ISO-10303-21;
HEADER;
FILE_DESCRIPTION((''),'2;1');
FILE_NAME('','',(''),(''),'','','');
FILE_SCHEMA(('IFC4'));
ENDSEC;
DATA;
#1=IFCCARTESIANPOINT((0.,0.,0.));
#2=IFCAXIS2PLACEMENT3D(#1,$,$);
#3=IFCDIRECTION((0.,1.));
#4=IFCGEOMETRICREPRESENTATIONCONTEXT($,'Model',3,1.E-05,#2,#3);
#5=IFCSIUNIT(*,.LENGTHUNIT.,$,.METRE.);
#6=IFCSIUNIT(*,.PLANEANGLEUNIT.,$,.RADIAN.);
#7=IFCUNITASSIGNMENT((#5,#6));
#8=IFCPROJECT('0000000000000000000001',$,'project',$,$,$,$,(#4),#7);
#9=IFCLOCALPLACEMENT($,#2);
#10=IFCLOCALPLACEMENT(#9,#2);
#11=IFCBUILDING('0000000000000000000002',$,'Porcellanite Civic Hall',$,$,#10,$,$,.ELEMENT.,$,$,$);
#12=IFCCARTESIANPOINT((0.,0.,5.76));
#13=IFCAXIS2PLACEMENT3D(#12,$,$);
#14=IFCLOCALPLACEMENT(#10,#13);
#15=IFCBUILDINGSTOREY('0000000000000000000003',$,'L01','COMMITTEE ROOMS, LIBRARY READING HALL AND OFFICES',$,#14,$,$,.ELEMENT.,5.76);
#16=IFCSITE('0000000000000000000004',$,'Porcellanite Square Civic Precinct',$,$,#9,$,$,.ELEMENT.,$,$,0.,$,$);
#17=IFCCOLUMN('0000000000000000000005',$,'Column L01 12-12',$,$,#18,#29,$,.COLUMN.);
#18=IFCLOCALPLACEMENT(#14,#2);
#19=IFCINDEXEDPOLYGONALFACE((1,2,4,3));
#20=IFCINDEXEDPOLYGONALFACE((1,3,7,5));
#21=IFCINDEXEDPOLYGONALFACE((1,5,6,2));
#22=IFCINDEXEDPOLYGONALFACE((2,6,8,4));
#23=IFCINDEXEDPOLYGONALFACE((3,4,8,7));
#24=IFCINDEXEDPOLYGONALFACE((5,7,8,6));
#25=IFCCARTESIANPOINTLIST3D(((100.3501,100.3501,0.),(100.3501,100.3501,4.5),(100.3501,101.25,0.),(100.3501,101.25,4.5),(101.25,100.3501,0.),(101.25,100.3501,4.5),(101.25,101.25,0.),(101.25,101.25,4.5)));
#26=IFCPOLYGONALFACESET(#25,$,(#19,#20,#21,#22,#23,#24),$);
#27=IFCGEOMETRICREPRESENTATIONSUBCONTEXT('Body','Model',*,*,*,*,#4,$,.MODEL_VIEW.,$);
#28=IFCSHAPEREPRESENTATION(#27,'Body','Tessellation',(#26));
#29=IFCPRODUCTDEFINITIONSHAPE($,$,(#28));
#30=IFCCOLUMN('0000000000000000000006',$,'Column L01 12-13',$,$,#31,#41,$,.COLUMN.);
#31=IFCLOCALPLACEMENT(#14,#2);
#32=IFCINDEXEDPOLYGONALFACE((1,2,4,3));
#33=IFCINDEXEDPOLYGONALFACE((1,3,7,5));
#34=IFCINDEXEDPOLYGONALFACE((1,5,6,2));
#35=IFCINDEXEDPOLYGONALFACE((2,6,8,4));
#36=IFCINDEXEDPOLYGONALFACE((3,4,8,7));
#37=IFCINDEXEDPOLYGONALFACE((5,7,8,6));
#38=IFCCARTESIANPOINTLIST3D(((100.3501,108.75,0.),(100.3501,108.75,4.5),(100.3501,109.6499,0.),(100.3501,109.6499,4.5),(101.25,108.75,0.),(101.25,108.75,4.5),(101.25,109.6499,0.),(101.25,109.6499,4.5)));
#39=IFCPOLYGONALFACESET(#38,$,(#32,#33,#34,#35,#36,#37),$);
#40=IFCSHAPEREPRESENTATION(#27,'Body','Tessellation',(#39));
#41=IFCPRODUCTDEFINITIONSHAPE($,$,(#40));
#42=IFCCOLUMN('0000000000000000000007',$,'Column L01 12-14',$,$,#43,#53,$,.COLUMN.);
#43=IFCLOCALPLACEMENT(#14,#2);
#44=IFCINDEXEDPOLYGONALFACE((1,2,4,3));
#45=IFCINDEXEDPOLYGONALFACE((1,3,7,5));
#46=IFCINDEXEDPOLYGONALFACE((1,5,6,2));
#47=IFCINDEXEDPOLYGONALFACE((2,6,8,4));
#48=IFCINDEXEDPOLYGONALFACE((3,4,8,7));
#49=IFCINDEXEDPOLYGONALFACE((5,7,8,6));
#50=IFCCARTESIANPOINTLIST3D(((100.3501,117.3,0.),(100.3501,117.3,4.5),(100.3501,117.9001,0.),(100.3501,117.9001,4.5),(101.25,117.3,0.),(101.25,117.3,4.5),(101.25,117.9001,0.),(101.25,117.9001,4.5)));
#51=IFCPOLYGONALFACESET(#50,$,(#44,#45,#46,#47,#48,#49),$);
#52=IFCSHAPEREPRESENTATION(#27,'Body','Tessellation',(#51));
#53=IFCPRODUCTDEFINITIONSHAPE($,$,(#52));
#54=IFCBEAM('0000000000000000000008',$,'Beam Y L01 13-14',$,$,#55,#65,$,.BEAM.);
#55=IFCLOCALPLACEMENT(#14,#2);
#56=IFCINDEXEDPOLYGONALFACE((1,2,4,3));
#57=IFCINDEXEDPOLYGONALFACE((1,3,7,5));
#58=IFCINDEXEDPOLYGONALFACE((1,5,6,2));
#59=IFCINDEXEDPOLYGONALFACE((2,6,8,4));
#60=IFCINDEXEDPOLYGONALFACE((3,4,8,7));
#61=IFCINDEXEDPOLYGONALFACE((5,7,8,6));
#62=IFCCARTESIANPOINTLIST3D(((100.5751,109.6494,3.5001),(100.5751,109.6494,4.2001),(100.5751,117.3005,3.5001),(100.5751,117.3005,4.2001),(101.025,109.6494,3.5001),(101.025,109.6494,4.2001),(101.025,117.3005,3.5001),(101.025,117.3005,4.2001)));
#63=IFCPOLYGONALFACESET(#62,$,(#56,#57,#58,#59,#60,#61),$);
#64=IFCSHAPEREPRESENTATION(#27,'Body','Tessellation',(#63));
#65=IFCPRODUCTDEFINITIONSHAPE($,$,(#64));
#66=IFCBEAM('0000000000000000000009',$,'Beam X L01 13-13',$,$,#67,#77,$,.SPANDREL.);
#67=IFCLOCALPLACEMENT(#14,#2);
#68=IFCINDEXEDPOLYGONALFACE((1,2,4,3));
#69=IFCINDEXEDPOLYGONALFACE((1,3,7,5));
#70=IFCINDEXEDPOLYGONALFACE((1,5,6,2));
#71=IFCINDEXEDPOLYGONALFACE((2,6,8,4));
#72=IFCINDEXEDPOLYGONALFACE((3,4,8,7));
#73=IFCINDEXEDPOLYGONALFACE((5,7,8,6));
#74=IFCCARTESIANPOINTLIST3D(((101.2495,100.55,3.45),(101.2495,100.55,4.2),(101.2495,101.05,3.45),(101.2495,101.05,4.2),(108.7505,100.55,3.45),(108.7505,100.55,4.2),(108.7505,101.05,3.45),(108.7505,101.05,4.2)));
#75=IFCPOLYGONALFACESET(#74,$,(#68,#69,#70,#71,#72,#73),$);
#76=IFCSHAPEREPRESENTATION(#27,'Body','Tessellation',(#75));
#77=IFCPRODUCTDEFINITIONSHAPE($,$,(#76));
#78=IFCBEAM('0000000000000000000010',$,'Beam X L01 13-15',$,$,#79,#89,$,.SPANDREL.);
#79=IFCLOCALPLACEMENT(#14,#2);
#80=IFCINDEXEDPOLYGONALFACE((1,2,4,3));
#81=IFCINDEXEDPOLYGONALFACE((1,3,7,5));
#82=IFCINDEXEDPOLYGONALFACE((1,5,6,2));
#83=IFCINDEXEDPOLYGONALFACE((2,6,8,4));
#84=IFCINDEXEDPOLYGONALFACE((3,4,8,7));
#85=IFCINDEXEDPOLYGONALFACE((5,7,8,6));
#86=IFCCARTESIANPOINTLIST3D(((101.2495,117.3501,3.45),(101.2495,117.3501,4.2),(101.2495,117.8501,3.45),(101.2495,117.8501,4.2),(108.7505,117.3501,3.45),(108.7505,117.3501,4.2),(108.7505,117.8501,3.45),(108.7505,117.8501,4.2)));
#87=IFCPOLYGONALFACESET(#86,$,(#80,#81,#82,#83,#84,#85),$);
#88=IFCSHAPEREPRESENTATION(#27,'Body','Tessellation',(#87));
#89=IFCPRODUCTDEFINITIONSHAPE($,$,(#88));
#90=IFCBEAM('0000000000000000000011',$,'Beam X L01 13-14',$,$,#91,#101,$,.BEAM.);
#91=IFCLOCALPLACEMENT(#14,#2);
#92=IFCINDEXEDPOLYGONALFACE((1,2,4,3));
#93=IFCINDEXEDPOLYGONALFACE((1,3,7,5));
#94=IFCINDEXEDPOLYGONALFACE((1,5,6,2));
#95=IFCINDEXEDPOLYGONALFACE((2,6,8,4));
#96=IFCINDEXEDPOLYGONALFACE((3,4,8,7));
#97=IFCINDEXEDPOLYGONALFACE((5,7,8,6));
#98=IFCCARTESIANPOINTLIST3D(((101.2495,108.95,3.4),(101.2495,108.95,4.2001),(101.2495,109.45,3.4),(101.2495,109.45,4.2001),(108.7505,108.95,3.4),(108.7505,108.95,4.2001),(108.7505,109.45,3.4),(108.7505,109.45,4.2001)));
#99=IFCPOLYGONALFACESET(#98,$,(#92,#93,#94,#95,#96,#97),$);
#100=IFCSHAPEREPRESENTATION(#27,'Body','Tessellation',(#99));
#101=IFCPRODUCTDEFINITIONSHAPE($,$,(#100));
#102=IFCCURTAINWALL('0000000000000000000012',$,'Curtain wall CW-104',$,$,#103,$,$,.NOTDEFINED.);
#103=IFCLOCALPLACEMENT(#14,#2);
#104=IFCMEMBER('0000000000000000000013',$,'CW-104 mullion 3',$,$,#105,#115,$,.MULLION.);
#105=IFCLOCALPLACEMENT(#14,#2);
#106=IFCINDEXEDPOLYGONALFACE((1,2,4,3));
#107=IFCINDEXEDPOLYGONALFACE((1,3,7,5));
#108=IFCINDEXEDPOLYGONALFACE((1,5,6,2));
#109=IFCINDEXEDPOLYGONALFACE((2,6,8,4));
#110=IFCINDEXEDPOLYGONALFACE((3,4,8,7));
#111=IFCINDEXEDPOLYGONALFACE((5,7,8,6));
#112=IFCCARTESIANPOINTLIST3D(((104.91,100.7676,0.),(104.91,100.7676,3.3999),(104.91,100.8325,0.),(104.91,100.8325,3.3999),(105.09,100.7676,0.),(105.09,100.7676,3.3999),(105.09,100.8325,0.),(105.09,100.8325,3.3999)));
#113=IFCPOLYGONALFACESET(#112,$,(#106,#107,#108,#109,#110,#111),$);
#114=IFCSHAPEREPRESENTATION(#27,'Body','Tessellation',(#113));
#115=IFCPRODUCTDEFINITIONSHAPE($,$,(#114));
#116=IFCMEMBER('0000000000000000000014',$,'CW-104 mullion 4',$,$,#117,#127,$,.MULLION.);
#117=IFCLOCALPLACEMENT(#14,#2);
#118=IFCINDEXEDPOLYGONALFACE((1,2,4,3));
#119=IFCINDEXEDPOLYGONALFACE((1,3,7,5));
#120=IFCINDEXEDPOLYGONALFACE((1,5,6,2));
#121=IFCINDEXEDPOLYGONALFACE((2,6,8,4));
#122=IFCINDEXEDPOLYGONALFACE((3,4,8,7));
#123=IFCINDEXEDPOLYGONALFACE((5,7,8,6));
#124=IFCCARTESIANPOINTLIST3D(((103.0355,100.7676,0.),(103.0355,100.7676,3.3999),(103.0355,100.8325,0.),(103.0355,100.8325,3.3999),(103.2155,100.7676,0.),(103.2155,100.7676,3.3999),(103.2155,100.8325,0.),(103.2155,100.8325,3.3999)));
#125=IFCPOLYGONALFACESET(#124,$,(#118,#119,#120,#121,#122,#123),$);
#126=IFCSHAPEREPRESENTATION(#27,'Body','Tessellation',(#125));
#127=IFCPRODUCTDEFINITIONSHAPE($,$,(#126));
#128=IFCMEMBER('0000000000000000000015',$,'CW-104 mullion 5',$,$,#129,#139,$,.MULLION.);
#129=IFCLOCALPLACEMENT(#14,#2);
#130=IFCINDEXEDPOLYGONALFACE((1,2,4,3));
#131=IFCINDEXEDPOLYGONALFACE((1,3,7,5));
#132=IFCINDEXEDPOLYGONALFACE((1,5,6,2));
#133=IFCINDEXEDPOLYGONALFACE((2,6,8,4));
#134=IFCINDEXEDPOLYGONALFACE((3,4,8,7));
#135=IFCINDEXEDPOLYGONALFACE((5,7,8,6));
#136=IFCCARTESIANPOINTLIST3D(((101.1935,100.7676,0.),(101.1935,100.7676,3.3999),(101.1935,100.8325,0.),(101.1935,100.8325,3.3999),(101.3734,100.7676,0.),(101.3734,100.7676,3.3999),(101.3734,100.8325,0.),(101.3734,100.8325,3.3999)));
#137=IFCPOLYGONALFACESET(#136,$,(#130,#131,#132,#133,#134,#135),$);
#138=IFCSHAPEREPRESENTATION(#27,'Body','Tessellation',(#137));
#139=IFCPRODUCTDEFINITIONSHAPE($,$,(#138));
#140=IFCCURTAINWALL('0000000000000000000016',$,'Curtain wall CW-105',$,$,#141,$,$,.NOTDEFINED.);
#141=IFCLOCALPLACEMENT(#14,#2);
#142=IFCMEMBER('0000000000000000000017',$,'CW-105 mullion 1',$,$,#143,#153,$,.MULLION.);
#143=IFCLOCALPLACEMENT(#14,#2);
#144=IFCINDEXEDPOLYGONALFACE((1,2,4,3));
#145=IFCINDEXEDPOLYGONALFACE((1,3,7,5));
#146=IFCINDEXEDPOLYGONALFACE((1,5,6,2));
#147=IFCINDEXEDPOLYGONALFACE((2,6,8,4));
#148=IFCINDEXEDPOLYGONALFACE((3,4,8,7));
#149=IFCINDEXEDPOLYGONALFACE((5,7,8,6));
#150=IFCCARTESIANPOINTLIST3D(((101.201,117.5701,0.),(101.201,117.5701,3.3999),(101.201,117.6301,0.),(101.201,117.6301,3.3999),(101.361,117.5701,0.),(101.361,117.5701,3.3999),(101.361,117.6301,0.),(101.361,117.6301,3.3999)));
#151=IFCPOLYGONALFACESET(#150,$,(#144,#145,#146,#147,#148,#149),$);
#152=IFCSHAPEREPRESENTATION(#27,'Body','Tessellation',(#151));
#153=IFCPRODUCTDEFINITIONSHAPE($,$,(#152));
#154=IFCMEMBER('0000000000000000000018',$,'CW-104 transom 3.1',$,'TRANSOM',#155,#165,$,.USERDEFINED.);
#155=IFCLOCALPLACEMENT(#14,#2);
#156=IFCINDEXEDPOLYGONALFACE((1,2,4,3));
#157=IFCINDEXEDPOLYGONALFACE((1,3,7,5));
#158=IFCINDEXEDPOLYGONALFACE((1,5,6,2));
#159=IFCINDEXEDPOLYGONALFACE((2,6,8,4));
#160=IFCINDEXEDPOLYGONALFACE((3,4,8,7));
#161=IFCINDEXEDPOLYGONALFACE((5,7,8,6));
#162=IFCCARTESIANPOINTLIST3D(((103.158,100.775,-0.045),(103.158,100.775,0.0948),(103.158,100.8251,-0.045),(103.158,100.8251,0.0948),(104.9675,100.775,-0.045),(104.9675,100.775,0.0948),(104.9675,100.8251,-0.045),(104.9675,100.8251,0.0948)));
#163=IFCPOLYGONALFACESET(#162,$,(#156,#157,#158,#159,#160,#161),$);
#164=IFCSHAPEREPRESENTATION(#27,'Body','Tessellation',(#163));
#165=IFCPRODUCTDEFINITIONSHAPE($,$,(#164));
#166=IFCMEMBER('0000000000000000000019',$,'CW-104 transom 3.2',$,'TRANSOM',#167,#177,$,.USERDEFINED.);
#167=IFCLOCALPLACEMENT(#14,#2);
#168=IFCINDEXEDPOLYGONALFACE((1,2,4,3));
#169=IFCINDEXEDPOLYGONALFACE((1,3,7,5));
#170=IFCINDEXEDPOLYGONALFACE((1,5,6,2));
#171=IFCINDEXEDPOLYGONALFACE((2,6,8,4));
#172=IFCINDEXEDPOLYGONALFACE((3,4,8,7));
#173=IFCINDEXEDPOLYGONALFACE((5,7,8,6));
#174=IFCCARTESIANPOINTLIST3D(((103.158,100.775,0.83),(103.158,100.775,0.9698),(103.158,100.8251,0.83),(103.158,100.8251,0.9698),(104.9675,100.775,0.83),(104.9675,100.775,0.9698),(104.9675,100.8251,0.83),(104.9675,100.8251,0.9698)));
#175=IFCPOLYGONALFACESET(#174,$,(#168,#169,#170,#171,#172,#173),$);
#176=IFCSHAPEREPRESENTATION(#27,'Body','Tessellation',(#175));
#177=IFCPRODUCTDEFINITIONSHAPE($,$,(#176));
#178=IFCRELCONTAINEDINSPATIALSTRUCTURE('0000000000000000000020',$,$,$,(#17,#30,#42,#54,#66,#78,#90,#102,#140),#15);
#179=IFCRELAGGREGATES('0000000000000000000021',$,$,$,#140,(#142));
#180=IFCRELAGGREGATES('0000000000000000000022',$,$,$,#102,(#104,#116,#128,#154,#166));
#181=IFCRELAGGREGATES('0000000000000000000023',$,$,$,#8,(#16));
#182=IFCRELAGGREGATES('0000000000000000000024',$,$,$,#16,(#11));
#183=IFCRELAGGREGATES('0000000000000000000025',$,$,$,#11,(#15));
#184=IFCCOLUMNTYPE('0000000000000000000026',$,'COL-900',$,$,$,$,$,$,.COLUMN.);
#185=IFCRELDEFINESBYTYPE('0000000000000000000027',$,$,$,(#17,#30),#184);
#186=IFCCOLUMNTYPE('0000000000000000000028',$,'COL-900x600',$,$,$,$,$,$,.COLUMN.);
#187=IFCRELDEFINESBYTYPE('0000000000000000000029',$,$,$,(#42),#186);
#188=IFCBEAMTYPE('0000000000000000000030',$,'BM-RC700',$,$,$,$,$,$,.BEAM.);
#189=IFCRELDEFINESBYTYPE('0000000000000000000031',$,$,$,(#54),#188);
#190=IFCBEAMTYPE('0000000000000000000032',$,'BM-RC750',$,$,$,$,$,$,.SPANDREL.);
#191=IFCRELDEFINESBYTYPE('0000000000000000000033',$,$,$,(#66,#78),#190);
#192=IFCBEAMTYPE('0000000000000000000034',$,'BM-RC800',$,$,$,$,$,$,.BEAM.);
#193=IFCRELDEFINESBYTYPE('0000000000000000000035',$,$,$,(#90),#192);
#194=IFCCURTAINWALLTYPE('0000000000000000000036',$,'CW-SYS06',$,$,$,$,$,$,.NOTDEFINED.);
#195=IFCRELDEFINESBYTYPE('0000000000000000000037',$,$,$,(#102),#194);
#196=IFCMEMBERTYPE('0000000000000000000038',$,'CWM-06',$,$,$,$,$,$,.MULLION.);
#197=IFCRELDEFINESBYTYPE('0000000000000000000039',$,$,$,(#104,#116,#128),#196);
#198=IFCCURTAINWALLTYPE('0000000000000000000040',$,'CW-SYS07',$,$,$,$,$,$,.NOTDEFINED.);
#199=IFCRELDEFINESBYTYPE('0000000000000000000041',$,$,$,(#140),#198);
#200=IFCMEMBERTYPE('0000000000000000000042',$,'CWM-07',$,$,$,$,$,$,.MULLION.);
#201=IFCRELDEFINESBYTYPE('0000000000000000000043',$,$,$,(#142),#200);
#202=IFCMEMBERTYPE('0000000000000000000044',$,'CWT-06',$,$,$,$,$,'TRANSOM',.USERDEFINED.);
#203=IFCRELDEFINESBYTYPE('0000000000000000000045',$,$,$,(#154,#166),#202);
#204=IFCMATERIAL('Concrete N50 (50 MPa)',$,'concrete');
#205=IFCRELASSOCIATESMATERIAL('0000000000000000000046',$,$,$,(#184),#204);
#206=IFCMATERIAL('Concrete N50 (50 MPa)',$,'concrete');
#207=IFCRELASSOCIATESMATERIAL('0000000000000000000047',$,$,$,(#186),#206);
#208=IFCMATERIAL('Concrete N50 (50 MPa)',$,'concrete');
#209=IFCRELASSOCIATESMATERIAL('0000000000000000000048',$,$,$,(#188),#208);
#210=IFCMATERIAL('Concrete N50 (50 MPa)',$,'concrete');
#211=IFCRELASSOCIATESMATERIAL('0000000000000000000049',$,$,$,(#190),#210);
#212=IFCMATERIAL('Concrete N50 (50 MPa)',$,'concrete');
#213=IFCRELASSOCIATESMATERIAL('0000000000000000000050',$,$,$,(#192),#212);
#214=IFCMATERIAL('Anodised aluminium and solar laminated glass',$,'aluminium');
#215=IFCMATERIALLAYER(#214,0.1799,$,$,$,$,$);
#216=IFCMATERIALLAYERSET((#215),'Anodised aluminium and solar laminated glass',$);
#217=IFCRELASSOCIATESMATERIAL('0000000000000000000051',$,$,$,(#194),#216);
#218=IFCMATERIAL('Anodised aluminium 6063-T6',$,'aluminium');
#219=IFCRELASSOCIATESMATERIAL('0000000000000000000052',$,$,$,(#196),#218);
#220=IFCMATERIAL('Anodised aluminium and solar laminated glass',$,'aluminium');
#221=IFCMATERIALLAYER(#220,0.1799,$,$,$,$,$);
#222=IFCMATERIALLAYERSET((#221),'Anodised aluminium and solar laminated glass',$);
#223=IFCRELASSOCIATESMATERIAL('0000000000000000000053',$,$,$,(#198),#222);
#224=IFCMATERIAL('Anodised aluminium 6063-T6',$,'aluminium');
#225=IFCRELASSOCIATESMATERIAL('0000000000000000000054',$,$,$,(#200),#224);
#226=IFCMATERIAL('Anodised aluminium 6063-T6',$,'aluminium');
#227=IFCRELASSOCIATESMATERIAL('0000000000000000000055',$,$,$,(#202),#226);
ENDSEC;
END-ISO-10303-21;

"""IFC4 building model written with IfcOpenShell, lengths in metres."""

from ifc_helpers import new_model, si_unit, direction, frame, origin, origin_2d, place, context, subcontext, project, spatial, rectangle, extrude, material, layer, layer_set, material_profile, profile_set, type_object, element, aggregate, save


model = new_model("IFC4")

# Units and contexts
model_context = context("Model", 3, precision=1e-05, world=origin(), true_north=direction((0.0, 1.0)))
body_context = subcontext(model_context, "Body", "Model", "MODEL_VIEW")
ifc_project = project(units=[si_unit("LENGTHUNIT", "METRE"), si_unit("PLANEANGLEUNIT", "RADIAN")], contexts=[model_context])

# Site, building, storey
site_placement = place(None, origin())
site = spatial("IfcSite", under=ifc_project, at=site_placement, Name="Porcellanite Square Civic Precinct", CompositionType="ELEMENT", RefElevation=0.0)
building_placement = place(site_placement, origin())
building = spatial("IfcBuilding", under=site, at=building_placement, Name="Porcellanite Civic Hall", CompositionType="ELEMENT")
storey_placement = place(building_placement, frame((0.0, 0.0, 5.76)))
storey = spatial("IfcBuildingStorey", under=building, at=storey_placement, Name="L01", Description="COMMITTEE ROOMS, LIBRARY READING HALL AND OFFICES", CompositionType="ELEMENT", Elevation=5.76)

# Columns
ifc_material_1 = material(Name="Concrete N50 (50 MPa)", Category="concrete")
ifc_material_profile_1 = material_profile(ifc_material_1, rectangle(XDim=0.8999, YDim=0.8999, at=origin_2d()), Name="RC-900x900")
ifc_profile_set_1 = profile_set([ifc_material_profile_1], Name="Concrete N50 (50 MPa)")
column_type_1 = type_object("IfcColumnType", Name="COL-900", PredefinedType="COLUMN", material=ifc_profile_set_1)
for number, where, z_axis, x_axis, name in (
    (1, (100.8, 100.8, 0.0), (0.0, 0.0, 1.0), (1.0, 0.0, 0.0), "Column L01 12-12"),
    (2, (100.8, 109.2, 0.0), (0.0, 0.0, 1.0), (1.0, 0.0, 0.0), "Column L01 12-13"),
):
    element("IfcColumn", number, at=place(storey_placement, frame(where, z_axis=z_axis, x_axis=x_axis)), inside=storey, type_object=column_type_1, Name=name, PredefinedType="COLUMN", context=body_context, shape_type="SweptSolid", body=[
        extrude(rectangle(XDim=0.8999, YDim=0.8999, at=origin_2d()), origin(), (0.0, 0.0, 1.0), 4.5),
    ])
ifc_material_2 = material(Name="Concrete N50 (50 MPa)", Category="concrete")
ifc_material_profile_2 = material_profile(ifc_material_2, rectangle(XDim=0.8999, YDim=0.6001, at=origin_2d()), Name="RC-900x600")
ifc_profile_set_2 = profile_set([ifc_material_profile_2], Name="Concrete N50 (50 MPa)")
column_type_2 = type_object("IfcColumnType", Name="COL-900x600", PredefinedType="COLUMN", material=ifc_profile_set_2)
column_placement = place(storey_placement, frame((100.8, 117.6001, 0.0), z_axis=(0.0, 0.0, 1.0), x_axis=(1.0, 0.0, 0.0)))
element("IfcColumn", 3, at=column_placement, inside=storey, type_object=column_type_2, Name="Column L01 12-14", PredefinedType="COLUMN", context=body_context, shape_type="SweptSolid", body=[
    extrude(rectangle(XDim=0.8999, YDim=0.6001, at=origin_2d()), origin(), (0.0, 0.0, 1.0), 4.5),
])

# Beams
ifc_material_3 = material(Name="Concrete N50 (50 MPa)", Category="concrete")
ifc_material_profile_3 = material_profile(ifc_material_3, rectangle(XDim=0.45, YDim=0.7, at=origin_2d()), Name="RC-450x700")
ifc_profile_set_3 = profile_set([ifc_material_profile_3], Name="Concrete N50 (50 MPa)")
beam_type_1 = type_object("IfcBeamType", Name="BM-RC700", PredefinedType="BEAM", material=ifc_profile_set_3)
beam_1_placement = place(storey_placement, frame((100.8, 109.6494, 3.8501), z_axis=(0.0, 1.0, 0.0), x_axis=(-1.0, 0.0, 0.0)))
element("IfcBeam", 4, at=beam_1_placement, inside=storey, type_object=beam_type_1, Name="Beam Y L01 13-14", PredefinedType="BEAM", context=body_context, shape_type="SweptSolid", body=[
    extrude(rectangle(XDim=0.45, YDim=0.7, at=origin_2d()), origin(), (0.0, 0.0, 1.0), 7.6511),
])
ifc_material_4 = material(Name="Concrete N50 (50 MPa)", Category="concrete")
ifc_material_profile_4 = material_profile(ifc_material_4, rectangle(XDim=0.5, YDim=0.75, at=origin_2d()), Name="RC-500x750")
ifc_profile_set_4 = profile_set([ifc_material_profile_4], Name="Concrete N50 (50 MPa)")
beam_type_2 = type_object("IfcBeamType", Name="BM-RC750", PredefinedType="SPANDREL", material=ifc_profile_set_4)
for number, where, z_axis, x_axis, name in (
    (5, (101.2495, 100.8, 3.825), (1.0, 0.0, 0.0), (0.0, 1.0, 0.0), "Beam X L01 13-13"),
    (6, (101.2495, 117.6001, 3.825), (1.0, 0.0, 0.0), (0.0, 1.0, 0.0), "Beam X L01 13-15"),
):
    element("IfcBeam", number, at=place(storey_placement, frame(where, z_axis=z_axis, x_axis=x_axis)), inside=storey, type_object=beam_type_2, Name=name, PredefinedType="SPANDREL", context=body_context, shape_type="SweptSolid", body=[
        extrude(rectangle(XDim=0.5, YDim=0.75, at=origin_2d()), origin(), (0.0, 0.0, 1.0), 7.501),
    ])
ifc_material_5 = material(Name="Concrete N50 (50 MPa)", Category="concrete")
ifc_material_profile_5 = material_profile(ifc_material_5, rectangle(XDim=0.5, YDim=0.8, at=origin_2d()), Name="RC-500x800")
ifc_profile_set_5 = profile_set([ifc_material_profile_5], Name="Concrete N50 (50 MPa)")
beam_type_3 = type_object("IfcBeamType", Name="BM-RC800", PredefinedType="BEAM", material=ifc_profile_set_5)
beam_2_placement = place(storey_placement, frame((101.2495, 109.2, 3.8), z_axis=(1.0, 0.0, 0.0), x_axis=(0.0, 1.0, 0.0)))
element("IfcBeam", 7, at=beam_2_placement, inside=storey, type_object=beam_type_3, Name="Beam X L01 13-14", PredefinedType="BEAM", context=body_context, shape_type="SweptSolid", body=[
    extrude(rectangle(XDim=0.5, YDim=0.8, at=origin_2d()), origin(), (0.0, 0.0, 1.0), 7.501),
])

# Curtain wall, members
ifc_material_6 = material(Name="Anodised aluminium and solar laminated glass", Category="aluminium")
ifc_layer_1 = layer(ifc_material_6, 0.1799)
ifc_layer_set_1 = layer_set([ifc_layer_1], Name="Anodised aluminium and solar laminated glass")
curtain_wall_type_1 = type_object("IfcCurtainWallType", Name="CW-SYS06", PredefinedType="NOTDEFINED", material=ifc_layer_set_1)
curtain_wall_1_placement = place(storey_placement, origin())
curtain_wall_1 = element("IfcCurtainWall", 8, at=curtain_wall_1_placement, inside=storey, type_object=curtain_wall_type_1, Name="Curtain wall CW-104", PredefinedType="NOTDEFINED")
ifc_material_7 = material(Name="Anodised aluminium 6063-T6", Category="aluminium")
ifc_material_profile_6 = material_profile(ifc_material_7, rectangle(XDim=0.0649, YDim=0.1799, at=origin_2d()), Name="AL-65x180")
ifc_profile_set_6 = profile_set([ifc_material_profile_6], Name="Anodised aluminium 6063-T6")
member_type_1 = type_object("IfcMemberType", Name="CWM-06", PredefinedType="MULLION", material=ifc_profile_set_6)
member_1_placement = place(storey_placement, frame((105.0, 100.8, 0.0), z_axis=(0.0, 0.0, 1.0), x_axis=(0.0, -1.0, 0.0)))
member_1 = element("IfcMember", 9, at=member_1_placement, type_object=member_type_1, Name="CW-104 mullion 3", PredefinedType="MULLION", context=body_context, shape_type="SweptSolid", body=[
    extrude(rectangle(XDim=0.0649, YDim=0.1799, at=origin_2d()), origin(), (0.0, 0.0, 1.0), 3.3999),
])
member_2_placement = place(storey_placement, frame((103.1255, 100.8, 0.0), z_axis=(0.0, 0.0, 1.0), x_axis=(0.0, -1.0, 0.0)))
member_2 = element("IfcMember", 10, at=member_2_placement, type_object=member_type_1, Name="CW-104 mullion 4", PredefinedType="MULLION", context=body_context, shape_type="SweptSolid", body=[
    extrude(rectangle(XDim=0.0649, YDim=0.1799, at=origin_2d()), origin(), (0.0, 0.0, 1.0), 3.3999),
])
member_3_placement = place(storey_placement, frame((101.2834, 100.8, 0.0), z_axis=(0.0, 0.0, 1.0), x_axis=(0.0, -1.0, 0.0)))
member_3 = element("IfcMember", 11, at=member_3_placement, type_object=member_type_1, Name="CW-104 mullion 5", PredefinedType="MULLION", context=body_context, shape_type="SweptSolid", body=[
    extrude(rectangle(XDim=0.0649, YDim=0.1799, at=origin_2d()), origin(), (0.0, 0.0, 1.0), 3.3999),
])

# Curtain wall, member
ifc_material_8 = material(Name="Anodised aluminium and solar laminated glass", Category="aluminium")
ifc_layer_2 = layer(ifc_material_8, 0.1799)
ifc_layer_set_2 = layer_set([ifc_layer_2], Name="Anodised aluminium and solar laminated glass")
curtain_wall_type_2 = type_object("IfcCurtainWallType", Name="CW-SYS07", PredefinedType="NOTDEFINED", material=ifc_layer_set_2)
curtain_wall_2_placement = place(storey_placement, origin())
curtain_wall_2 = element("IfcCurtainWall", 12, at=curtain_wall_2_placement, inside=storey, type_object=curtain_wall_type_2, Name="Curtain wall CW-105", PredefinedType="NOTDEFINED")
ifc_material_9 = material(Name="Anodised aluminium 6063-T6", Category="aluminium")
ifc_material_profile_7 = material_profile(ifc_material_9, rectangle(XDim=0.0601, YDim=0.1599, at=origin_2d()), Name="AL-60x160")
ifc_profile_set_7 = profile_set([ifc_material_profile_7], Name="Anodised aluminium 6063-T6")
member_type_2 = type_object("IfcMemberType", Name="CWM-07", PredefinedType="MULLION", material=ifc_profile_set_7)
member_4_placement = place(storey_placement, frame((101.281, 117.6001, 0.0), z_axis=(0.0, 0.0, 1.0), x_axis=(0.0, 1.0, 0.0)))
member_4 = element("IfcMember", 13, at=member_4_placement, type_object=member_type_2, Name="CW-105 mullion 1", PredefinedType="MULLION", context=body_context, shape_type="SweptSolid", body=[
    extrude(rectangle(XDim=0.0601, YDim=0.1599, at=origin_2d()), origin(), (0.0, 0.0, 1.0), 3.3999),
])

# Members
ifc_material_10 = material(Name="Anodised aluminium 6063-T6", Category="aluminium")
ifc_material_profile_8 = material_profile(ifc_material_10, rectangle(XDim=0.05, YDim=0.1399, at=origin_2d()), Name="AL-50x140")
ifc_profile_set_8 = profile_set([ifc_material_profile_8], Name="Anodised aluminium 6063-T6")
member_type_3 = type_object("IfcMemberType", Name="CWT-06", ElementType="TRANSOM", PredefinedType="USERDEFINED", material=ifc_profile_set_8)
member_5_placement = place(storey_placement, frame((104.9675, 100.8, 0.0249), z_axis=(-1.0, 0.0, 0.0), x_axis=(0.0, -1.0, 0.0)))
member_5 = element("IfcMember", 14, at=member_5_placement, type_object=member_type_3, Name="CW-104 transom 3.1", ObjectType="TRANSOM", PredefinedType="USERDEFINED", context=body_context, shape_type="SweptSolid", body=[
    extrude(rectangle(XDim=0.05, YDim=0.1399, at=origin_2d()), origin(), (0.0, 0.0, 1.0), 1.8096),
])
member_6_placement = place(storey_placement, frame((104.9675, 100.8, 0.8999), z_axis=(-1.0, 0.0, 0.0), x_axis=(0.0, -1.0, 0.0)))
member_6 = element("IfcMember", 15, at=member_6_placement, type_object=member_type_3, Name="CW-104 transom 3.2", ObjectType="TRANSOM", PredefinedType="USERDEFINED", context=body_context, shape_type="SweptSolid", body=[
    extrude(rectangle(XDim=0.05, YDim=0.1399, at=origin_2d()), origin(), (0.0, 0.0, 1.0), 1.8096),
])
aggregate(curtain_wall_2, [member_4])

aggregate(curtain_wall_1, [member_1, member_2, member_3, member_5, member_6])

save(model, "model.ifc")
